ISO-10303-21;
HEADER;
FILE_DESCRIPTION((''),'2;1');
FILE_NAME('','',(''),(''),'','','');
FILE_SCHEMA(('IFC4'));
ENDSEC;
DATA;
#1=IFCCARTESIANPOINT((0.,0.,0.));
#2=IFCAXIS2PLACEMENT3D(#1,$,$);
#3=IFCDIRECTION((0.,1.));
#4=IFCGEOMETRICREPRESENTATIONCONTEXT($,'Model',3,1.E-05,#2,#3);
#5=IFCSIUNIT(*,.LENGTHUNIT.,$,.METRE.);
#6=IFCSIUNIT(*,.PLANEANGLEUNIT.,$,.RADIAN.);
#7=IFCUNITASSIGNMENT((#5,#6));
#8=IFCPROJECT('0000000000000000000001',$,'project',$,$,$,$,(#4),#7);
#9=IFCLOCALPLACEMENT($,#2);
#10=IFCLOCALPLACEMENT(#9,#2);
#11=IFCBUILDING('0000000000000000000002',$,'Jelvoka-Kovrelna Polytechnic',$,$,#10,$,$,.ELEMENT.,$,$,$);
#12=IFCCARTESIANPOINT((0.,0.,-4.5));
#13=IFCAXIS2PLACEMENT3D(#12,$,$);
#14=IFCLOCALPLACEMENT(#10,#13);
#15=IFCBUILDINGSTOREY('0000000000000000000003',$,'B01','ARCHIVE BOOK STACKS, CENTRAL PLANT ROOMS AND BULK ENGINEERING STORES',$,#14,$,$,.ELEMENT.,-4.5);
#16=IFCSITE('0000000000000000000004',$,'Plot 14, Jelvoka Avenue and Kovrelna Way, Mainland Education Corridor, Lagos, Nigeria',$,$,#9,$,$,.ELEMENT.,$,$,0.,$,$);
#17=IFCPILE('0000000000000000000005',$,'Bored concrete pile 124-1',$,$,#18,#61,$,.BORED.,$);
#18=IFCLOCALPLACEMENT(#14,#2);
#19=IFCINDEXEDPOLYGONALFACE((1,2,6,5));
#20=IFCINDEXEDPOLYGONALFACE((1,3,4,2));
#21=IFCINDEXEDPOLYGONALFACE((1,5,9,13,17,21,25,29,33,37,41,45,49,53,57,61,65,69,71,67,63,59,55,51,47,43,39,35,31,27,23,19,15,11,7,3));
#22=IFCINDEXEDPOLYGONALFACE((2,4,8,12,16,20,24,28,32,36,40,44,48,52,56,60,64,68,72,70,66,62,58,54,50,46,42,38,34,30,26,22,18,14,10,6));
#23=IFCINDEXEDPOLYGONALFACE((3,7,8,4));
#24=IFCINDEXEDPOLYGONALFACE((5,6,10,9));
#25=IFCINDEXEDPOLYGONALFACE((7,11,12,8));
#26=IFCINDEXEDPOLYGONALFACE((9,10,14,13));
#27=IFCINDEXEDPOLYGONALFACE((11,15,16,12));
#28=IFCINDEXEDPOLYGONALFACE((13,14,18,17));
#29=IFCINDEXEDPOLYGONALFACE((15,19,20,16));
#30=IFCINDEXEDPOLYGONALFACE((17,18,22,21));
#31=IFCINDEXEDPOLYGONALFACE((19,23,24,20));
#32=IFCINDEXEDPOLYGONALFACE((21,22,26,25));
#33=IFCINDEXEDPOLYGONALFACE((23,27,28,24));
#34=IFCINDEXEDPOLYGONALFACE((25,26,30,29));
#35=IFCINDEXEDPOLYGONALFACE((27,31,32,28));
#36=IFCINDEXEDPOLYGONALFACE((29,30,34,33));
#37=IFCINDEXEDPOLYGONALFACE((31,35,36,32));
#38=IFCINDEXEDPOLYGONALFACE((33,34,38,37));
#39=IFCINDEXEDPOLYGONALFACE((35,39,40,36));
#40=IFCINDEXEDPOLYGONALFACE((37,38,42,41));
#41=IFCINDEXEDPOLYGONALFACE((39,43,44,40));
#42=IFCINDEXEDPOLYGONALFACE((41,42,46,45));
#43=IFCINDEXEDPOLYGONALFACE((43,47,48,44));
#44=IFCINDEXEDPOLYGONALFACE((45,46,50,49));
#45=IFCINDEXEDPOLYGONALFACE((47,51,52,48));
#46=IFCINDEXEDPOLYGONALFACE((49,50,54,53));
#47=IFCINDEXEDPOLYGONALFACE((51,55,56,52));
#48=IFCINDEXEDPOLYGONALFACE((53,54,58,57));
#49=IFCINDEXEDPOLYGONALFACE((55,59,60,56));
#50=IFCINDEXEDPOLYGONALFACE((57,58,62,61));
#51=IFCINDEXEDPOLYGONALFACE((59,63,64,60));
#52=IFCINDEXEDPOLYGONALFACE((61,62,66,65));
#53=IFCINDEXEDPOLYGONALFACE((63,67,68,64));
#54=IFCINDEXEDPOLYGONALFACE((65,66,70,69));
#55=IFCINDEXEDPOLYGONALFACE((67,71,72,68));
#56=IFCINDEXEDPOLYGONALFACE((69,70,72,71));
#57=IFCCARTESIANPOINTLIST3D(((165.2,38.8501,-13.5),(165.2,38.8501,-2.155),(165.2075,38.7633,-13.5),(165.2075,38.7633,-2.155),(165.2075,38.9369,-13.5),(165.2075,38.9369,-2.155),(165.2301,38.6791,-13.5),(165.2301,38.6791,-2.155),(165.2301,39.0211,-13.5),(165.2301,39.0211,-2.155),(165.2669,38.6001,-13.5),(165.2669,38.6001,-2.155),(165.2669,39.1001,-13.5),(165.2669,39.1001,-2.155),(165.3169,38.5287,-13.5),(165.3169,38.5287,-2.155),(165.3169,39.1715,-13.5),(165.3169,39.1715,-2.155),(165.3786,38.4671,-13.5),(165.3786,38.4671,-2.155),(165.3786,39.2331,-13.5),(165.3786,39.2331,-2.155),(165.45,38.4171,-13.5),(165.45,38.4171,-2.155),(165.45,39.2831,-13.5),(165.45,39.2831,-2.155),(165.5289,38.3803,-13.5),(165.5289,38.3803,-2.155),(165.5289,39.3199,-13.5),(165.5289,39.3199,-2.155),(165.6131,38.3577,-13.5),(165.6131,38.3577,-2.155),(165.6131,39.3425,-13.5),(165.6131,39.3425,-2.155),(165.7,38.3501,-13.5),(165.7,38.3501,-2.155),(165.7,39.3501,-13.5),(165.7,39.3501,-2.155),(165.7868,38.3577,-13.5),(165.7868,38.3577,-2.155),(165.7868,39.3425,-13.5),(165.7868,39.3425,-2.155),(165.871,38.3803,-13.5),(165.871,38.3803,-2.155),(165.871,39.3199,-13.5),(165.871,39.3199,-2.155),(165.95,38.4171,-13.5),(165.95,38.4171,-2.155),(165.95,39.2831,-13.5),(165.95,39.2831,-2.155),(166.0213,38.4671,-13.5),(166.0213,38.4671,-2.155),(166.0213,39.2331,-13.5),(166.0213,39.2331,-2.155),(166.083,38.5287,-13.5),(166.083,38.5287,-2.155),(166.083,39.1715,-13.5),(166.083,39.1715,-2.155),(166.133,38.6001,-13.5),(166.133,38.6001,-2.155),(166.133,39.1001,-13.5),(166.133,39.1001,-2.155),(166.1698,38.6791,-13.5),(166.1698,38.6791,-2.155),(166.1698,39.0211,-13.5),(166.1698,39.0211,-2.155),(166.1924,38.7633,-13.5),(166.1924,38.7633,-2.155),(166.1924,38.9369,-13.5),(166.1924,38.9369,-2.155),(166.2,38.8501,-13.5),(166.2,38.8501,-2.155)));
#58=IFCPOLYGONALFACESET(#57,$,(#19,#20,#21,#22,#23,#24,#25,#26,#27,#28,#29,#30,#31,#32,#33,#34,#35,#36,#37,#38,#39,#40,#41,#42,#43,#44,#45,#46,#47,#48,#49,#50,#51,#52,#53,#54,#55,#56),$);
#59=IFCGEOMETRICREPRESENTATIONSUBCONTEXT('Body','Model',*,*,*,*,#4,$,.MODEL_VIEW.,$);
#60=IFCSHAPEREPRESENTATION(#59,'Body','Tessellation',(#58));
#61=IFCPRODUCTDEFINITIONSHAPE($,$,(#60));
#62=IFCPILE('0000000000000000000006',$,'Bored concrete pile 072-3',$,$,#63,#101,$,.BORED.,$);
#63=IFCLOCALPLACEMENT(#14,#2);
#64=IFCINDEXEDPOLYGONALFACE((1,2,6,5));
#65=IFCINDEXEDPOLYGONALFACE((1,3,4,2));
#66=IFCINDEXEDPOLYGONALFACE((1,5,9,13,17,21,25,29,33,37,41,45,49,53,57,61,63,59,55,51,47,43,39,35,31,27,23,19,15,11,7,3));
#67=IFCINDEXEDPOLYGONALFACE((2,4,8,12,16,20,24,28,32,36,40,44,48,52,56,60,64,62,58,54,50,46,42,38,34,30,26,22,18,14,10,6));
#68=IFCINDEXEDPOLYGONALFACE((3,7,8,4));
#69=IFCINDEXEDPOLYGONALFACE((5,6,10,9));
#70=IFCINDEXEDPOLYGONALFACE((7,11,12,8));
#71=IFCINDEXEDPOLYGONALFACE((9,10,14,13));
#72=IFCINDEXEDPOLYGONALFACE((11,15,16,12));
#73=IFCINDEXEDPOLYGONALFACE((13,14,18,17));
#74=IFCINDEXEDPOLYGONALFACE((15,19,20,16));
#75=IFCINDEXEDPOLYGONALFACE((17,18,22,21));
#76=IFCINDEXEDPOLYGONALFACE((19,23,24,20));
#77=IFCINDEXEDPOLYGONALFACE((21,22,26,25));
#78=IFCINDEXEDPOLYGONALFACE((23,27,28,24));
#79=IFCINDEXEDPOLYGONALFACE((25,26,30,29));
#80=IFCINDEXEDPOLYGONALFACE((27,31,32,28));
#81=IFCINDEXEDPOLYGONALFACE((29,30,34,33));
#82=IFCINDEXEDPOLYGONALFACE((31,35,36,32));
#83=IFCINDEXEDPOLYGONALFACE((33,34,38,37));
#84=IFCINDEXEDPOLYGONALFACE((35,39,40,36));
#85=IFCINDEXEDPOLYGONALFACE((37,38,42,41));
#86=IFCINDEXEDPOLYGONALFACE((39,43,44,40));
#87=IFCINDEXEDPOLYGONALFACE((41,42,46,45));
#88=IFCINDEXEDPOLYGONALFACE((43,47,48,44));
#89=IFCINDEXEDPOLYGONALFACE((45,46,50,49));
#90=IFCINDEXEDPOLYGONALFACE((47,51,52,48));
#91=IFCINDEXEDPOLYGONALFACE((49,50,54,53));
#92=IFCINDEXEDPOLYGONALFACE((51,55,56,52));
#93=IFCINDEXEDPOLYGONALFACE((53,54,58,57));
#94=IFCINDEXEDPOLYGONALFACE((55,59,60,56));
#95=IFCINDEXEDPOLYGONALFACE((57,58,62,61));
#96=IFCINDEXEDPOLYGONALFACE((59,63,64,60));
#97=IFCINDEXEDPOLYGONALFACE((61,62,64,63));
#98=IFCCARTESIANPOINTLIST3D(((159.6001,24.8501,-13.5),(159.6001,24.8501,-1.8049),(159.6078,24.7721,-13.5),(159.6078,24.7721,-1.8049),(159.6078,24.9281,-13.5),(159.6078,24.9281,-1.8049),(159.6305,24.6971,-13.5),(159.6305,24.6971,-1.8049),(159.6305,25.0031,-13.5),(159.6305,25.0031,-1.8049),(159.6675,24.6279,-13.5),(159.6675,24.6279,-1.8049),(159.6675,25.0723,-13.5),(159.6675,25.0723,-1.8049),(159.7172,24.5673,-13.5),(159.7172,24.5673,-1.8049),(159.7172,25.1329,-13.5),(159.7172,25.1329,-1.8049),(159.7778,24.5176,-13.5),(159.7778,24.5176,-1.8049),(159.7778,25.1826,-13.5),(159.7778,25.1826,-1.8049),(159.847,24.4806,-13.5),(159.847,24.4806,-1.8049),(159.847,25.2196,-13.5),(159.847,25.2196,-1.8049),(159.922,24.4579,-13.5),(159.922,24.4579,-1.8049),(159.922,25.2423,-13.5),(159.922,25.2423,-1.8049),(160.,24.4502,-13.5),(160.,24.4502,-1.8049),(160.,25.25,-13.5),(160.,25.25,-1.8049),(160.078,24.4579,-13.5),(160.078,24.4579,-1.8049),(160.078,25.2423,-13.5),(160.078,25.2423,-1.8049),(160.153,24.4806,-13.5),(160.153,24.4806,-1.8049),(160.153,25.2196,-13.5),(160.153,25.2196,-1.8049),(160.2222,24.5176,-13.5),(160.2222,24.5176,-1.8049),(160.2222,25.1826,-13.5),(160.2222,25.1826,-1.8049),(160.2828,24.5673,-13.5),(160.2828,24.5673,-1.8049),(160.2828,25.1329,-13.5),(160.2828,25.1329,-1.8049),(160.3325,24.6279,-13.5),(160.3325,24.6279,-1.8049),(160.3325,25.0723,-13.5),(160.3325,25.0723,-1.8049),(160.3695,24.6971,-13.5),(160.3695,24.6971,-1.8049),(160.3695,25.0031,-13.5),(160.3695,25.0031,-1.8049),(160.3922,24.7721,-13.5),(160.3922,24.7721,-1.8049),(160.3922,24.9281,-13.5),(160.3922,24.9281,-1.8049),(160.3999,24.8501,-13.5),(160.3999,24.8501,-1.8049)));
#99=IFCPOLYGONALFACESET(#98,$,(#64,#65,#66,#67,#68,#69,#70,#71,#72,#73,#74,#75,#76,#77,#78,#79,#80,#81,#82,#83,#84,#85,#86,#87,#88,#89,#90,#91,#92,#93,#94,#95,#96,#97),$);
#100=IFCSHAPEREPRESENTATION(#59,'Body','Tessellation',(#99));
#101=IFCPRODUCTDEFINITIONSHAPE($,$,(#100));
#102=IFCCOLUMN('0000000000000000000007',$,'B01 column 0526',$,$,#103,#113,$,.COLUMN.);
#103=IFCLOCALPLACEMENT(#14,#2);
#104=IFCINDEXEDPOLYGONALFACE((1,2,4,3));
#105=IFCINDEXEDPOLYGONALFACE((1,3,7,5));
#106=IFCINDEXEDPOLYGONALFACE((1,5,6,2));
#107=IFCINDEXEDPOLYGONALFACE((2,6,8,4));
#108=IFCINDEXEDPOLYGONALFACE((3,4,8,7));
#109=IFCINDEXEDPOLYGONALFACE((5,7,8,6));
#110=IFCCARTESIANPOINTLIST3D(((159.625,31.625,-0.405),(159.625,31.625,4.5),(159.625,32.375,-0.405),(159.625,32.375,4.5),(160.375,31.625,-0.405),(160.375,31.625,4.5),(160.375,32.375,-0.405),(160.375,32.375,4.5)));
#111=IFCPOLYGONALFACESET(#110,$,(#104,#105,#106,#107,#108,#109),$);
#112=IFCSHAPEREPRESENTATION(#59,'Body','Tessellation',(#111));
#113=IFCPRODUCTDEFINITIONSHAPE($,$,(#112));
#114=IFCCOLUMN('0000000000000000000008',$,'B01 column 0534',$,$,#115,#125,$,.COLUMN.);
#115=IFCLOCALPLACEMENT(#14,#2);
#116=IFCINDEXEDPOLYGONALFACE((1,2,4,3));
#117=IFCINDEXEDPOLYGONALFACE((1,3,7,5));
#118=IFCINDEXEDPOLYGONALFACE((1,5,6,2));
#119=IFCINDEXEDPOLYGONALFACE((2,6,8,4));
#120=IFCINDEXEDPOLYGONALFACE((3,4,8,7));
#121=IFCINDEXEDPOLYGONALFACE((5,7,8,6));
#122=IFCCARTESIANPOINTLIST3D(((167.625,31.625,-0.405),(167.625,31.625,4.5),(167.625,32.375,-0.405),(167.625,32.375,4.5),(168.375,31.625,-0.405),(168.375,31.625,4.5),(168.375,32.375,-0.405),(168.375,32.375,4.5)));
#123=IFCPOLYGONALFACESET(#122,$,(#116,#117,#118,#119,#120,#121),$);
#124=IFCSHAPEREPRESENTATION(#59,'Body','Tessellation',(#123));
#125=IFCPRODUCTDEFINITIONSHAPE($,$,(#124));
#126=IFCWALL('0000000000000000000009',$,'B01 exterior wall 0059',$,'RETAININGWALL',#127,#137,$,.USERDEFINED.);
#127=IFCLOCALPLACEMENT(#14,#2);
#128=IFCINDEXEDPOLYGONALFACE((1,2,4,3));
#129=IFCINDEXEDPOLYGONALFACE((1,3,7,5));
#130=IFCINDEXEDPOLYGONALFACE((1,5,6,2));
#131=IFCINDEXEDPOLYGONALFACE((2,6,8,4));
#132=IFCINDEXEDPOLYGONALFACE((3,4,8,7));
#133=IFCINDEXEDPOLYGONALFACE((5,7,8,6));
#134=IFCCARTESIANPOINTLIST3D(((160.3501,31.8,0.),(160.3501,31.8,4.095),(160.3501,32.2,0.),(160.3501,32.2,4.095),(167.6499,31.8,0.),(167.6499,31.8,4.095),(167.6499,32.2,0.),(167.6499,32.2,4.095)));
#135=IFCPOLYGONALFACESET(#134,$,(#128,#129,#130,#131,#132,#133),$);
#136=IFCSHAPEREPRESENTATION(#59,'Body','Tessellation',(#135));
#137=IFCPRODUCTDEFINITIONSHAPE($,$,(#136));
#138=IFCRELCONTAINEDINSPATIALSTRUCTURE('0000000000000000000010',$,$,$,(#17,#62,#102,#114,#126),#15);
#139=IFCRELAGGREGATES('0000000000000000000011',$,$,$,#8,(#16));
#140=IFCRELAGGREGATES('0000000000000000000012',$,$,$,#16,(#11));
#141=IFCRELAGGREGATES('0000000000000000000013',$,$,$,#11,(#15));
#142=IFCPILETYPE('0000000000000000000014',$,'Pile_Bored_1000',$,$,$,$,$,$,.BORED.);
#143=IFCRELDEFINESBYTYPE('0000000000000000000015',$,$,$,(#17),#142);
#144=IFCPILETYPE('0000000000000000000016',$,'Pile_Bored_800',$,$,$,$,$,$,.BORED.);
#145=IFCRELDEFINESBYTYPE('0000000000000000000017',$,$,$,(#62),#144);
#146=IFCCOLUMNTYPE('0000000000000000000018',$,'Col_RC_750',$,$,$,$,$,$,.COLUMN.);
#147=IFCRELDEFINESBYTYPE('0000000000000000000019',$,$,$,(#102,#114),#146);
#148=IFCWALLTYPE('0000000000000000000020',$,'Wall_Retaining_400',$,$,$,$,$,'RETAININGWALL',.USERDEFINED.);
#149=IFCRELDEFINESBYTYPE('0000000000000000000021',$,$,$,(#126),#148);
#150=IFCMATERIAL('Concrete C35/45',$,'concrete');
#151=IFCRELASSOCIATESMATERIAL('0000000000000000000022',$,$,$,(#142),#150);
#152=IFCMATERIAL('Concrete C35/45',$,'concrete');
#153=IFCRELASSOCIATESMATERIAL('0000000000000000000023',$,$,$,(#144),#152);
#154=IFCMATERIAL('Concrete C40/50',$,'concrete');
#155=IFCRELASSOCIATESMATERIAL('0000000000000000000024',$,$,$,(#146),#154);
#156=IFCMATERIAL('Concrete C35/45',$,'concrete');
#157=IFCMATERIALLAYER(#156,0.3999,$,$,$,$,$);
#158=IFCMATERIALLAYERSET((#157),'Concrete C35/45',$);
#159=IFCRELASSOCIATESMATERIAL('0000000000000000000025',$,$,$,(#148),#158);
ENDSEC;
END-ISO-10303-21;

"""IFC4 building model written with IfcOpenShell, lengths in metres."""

from ifc_helpers import new_model, si_unit, direction, frame, frame_2d, origin, origin_2d, place, context, subcontext, project, spatial, rectangle, circle, extrude, material, layer, layer_set, material_profile, profile_set, type_object, element, save


model = new_model("IFC4")

# Units and contexts
model_context = context("Model", 3, precision=1e-05, world=origin(), true_north=direction((0.0, 1.0)))
body_context = subcontext(model_context, "Body", "Model", "MODEL_VIEW")
ifc_project = project(units=[si_unit("LENGTHUNIT", "METRE"), si_unit("PLANEANGLEUNIT", "RADIAN")], contexts=[model_context])

# Site, building, storey
site_placement = place(None, origin())
site = spatial("IfcSite", under=ifc_project, at=site_placement, Name="Plot 14, Jelvoka Avenue and Kovrelna Way, Mainland Education Corridor, Lagos, Nigeria", CompositionType="ELEMENT", RefElevation=0.0)
building_placement = place(site_placement, origin())
building = spatial("IfcBuilding", under=site, at=building_placement, Name="Jelvoka-Kovrelna Polytechnic", CompositionType="ELEMENT")
storey_placement = place(building_placement, frame((0.0, 0.0, -4.5)))
storey = spatial("IfcBuildingStorey", under=building, at=storey_placement, Name="B01", Description="ARCHIVE BOOK STACKS, CENTRAL PLANT ROOMS AND BULK ENGINEERING STORES", CompositionType="ELEMENT", Elevation=-4.5)

# Piles
ifc_material_1 = material(Name="Concrete C35/45", Category="concrete")
ifc_material_profile_1 = material_profile(ifc_material_1, circle(Radius=0.5, at=origin_2d()), Name="PILE D1000")
ifc_profile_set_1 = profile_set([ifc_material_profile_1], Name="Concrete C35/45")
pile_type_1 = type_object("IfcPileType", Name="Pile_Bored_1000", PredefinedType="BORED", material=ifc_profile_set_1)
pile_1_placement = place(storey_placement, frame((165.7, 38.8501, -2.155), z_axis=(0.0, 0.0, -1.0), x_axis=(1.0, 0.0, 0.0)))
element("IfcPile", 1, at=pile_1_placement, inside=storey, type_object=pile_type_1, Name="Bored concrete pile 124-1", PredefinedType="BORED", context=body_context, shape_type="SweptSolid", body=[
    extrude(circle(Radius=0.5, at=origin_2d()), origin(), (0.0, 0.0, 1.0), 11.345),
])
ifc_material_2 = material(Name="Concrete C35/45", Category="concrete")
ifc_material_profile_2 = material_profile(ifc_material_2, circle(Radius=0.3999, at=origin_2d()), Name="PILE D800")
ifc_profile_set_2 = profile_set([ifc_material_profile_2], Name="Concrete C35/45")
pile_type_2 = type_object("IfcPileType", Name="Pile_Bored_800", PredefinedType="BORED", material=ifc_profile_set_2)
pile_2_placement = place(storey_placement, frame((160.0, 24.8501, -1.8049), z_axis=(0.0, 0.0, -1.0), x_axis=(1.0, 0.0, 0.0)))
element("IfcPile", 2, at=pile_2_placement, inside=storey, type_object=pile_type_2, Name="Bored concrete pile 072-3", PredefinedType="BORED", context=body_context, shape_type="SweptSolid", body=[
    extrude(circle(Radius=0.3999, at=origin_2d()), origin(), (0.0, 0.0, 1.0), 11.6951),
])

# Columns
ifc_material_3 = material(Name="Concrete C40/50", Category="concrete")
ifc_material_profile_3 = material_profile(ifc_material_3, rectangle(XDim=0.75, YDim=0.75, at=origin_2d()), Name="RC 750x750")
ifc_profile_set_3 = profile_set([ifc_material_profile_3], Name="Concrete C40/50")
column_type = type_object("IfcColumnType", Name="Col_RC_750", PredefinedType="COLUMN", material=ifc_profile_set_3)
for number, where, z_axis, x_axis, name in (
    (3, (160.0, 32.0, -0.405), (0.0, 0.0, 1.0), (1.0, 0.0, 0.0), "B01 column 0526"),
    (4, (168.0, 32.0, -0.405), (0.0, 0.0, 1.0), (1.0, 0.0, 0.0), "B01 column 0534"),
):
    element("IfcColumn", number, at=place(storey_placement, frame(where, z_axis=z_axis, x_axis=x_axis)), inside=storey, type_object=column_type, Name=name, PredefinedType="COLUMN", context=body_context, shape_type="SweptSolid", body=[
        extrude(rectangle(XDim=0.75, YDim=0.75, at=origin_2d()), origin(), (0.0, 0.0, 1.0), 4.905),
    ])

# Wall
ifc_material_4 = material(Name="Concrete C35/45", Category="concrete")
ifc_layer = layer(ifc_material_4, 0.3999)
ifc_layer_set = layer_set([ifc_layer], Name="Concrete C35/45")
wall_type = type_object("IfcWallType", Name="Wall_Retaining_400", ElementType="RETAININGWALL", PredefinedType="USERDEFINED", material=ifc_layer_set)
wall_placement = place(storey_placement, frame((167.6499, 32.0, 0.0), z_axis=(0.0, 0.0, 1.0), x_axis=(-1.0, 0.0, 0.0)))
element("IfcWall", 5, at=wall_placement, inside=storey, type_object=wall_type, Name="B01 exterior wall 0059", ObjectType="RETAININGWALL", PredefinedType="USERDEFINED", context=body_context, shape_type="SweptSolid", body=[
    extrude(rectangle(XDim=7.2998, YDim=0.3999, at=frame_2d((3.6499, 0.0))), origin(), (0.0, 0.0, 1.0), 4.095),
])

save(model, "model.ifc")
